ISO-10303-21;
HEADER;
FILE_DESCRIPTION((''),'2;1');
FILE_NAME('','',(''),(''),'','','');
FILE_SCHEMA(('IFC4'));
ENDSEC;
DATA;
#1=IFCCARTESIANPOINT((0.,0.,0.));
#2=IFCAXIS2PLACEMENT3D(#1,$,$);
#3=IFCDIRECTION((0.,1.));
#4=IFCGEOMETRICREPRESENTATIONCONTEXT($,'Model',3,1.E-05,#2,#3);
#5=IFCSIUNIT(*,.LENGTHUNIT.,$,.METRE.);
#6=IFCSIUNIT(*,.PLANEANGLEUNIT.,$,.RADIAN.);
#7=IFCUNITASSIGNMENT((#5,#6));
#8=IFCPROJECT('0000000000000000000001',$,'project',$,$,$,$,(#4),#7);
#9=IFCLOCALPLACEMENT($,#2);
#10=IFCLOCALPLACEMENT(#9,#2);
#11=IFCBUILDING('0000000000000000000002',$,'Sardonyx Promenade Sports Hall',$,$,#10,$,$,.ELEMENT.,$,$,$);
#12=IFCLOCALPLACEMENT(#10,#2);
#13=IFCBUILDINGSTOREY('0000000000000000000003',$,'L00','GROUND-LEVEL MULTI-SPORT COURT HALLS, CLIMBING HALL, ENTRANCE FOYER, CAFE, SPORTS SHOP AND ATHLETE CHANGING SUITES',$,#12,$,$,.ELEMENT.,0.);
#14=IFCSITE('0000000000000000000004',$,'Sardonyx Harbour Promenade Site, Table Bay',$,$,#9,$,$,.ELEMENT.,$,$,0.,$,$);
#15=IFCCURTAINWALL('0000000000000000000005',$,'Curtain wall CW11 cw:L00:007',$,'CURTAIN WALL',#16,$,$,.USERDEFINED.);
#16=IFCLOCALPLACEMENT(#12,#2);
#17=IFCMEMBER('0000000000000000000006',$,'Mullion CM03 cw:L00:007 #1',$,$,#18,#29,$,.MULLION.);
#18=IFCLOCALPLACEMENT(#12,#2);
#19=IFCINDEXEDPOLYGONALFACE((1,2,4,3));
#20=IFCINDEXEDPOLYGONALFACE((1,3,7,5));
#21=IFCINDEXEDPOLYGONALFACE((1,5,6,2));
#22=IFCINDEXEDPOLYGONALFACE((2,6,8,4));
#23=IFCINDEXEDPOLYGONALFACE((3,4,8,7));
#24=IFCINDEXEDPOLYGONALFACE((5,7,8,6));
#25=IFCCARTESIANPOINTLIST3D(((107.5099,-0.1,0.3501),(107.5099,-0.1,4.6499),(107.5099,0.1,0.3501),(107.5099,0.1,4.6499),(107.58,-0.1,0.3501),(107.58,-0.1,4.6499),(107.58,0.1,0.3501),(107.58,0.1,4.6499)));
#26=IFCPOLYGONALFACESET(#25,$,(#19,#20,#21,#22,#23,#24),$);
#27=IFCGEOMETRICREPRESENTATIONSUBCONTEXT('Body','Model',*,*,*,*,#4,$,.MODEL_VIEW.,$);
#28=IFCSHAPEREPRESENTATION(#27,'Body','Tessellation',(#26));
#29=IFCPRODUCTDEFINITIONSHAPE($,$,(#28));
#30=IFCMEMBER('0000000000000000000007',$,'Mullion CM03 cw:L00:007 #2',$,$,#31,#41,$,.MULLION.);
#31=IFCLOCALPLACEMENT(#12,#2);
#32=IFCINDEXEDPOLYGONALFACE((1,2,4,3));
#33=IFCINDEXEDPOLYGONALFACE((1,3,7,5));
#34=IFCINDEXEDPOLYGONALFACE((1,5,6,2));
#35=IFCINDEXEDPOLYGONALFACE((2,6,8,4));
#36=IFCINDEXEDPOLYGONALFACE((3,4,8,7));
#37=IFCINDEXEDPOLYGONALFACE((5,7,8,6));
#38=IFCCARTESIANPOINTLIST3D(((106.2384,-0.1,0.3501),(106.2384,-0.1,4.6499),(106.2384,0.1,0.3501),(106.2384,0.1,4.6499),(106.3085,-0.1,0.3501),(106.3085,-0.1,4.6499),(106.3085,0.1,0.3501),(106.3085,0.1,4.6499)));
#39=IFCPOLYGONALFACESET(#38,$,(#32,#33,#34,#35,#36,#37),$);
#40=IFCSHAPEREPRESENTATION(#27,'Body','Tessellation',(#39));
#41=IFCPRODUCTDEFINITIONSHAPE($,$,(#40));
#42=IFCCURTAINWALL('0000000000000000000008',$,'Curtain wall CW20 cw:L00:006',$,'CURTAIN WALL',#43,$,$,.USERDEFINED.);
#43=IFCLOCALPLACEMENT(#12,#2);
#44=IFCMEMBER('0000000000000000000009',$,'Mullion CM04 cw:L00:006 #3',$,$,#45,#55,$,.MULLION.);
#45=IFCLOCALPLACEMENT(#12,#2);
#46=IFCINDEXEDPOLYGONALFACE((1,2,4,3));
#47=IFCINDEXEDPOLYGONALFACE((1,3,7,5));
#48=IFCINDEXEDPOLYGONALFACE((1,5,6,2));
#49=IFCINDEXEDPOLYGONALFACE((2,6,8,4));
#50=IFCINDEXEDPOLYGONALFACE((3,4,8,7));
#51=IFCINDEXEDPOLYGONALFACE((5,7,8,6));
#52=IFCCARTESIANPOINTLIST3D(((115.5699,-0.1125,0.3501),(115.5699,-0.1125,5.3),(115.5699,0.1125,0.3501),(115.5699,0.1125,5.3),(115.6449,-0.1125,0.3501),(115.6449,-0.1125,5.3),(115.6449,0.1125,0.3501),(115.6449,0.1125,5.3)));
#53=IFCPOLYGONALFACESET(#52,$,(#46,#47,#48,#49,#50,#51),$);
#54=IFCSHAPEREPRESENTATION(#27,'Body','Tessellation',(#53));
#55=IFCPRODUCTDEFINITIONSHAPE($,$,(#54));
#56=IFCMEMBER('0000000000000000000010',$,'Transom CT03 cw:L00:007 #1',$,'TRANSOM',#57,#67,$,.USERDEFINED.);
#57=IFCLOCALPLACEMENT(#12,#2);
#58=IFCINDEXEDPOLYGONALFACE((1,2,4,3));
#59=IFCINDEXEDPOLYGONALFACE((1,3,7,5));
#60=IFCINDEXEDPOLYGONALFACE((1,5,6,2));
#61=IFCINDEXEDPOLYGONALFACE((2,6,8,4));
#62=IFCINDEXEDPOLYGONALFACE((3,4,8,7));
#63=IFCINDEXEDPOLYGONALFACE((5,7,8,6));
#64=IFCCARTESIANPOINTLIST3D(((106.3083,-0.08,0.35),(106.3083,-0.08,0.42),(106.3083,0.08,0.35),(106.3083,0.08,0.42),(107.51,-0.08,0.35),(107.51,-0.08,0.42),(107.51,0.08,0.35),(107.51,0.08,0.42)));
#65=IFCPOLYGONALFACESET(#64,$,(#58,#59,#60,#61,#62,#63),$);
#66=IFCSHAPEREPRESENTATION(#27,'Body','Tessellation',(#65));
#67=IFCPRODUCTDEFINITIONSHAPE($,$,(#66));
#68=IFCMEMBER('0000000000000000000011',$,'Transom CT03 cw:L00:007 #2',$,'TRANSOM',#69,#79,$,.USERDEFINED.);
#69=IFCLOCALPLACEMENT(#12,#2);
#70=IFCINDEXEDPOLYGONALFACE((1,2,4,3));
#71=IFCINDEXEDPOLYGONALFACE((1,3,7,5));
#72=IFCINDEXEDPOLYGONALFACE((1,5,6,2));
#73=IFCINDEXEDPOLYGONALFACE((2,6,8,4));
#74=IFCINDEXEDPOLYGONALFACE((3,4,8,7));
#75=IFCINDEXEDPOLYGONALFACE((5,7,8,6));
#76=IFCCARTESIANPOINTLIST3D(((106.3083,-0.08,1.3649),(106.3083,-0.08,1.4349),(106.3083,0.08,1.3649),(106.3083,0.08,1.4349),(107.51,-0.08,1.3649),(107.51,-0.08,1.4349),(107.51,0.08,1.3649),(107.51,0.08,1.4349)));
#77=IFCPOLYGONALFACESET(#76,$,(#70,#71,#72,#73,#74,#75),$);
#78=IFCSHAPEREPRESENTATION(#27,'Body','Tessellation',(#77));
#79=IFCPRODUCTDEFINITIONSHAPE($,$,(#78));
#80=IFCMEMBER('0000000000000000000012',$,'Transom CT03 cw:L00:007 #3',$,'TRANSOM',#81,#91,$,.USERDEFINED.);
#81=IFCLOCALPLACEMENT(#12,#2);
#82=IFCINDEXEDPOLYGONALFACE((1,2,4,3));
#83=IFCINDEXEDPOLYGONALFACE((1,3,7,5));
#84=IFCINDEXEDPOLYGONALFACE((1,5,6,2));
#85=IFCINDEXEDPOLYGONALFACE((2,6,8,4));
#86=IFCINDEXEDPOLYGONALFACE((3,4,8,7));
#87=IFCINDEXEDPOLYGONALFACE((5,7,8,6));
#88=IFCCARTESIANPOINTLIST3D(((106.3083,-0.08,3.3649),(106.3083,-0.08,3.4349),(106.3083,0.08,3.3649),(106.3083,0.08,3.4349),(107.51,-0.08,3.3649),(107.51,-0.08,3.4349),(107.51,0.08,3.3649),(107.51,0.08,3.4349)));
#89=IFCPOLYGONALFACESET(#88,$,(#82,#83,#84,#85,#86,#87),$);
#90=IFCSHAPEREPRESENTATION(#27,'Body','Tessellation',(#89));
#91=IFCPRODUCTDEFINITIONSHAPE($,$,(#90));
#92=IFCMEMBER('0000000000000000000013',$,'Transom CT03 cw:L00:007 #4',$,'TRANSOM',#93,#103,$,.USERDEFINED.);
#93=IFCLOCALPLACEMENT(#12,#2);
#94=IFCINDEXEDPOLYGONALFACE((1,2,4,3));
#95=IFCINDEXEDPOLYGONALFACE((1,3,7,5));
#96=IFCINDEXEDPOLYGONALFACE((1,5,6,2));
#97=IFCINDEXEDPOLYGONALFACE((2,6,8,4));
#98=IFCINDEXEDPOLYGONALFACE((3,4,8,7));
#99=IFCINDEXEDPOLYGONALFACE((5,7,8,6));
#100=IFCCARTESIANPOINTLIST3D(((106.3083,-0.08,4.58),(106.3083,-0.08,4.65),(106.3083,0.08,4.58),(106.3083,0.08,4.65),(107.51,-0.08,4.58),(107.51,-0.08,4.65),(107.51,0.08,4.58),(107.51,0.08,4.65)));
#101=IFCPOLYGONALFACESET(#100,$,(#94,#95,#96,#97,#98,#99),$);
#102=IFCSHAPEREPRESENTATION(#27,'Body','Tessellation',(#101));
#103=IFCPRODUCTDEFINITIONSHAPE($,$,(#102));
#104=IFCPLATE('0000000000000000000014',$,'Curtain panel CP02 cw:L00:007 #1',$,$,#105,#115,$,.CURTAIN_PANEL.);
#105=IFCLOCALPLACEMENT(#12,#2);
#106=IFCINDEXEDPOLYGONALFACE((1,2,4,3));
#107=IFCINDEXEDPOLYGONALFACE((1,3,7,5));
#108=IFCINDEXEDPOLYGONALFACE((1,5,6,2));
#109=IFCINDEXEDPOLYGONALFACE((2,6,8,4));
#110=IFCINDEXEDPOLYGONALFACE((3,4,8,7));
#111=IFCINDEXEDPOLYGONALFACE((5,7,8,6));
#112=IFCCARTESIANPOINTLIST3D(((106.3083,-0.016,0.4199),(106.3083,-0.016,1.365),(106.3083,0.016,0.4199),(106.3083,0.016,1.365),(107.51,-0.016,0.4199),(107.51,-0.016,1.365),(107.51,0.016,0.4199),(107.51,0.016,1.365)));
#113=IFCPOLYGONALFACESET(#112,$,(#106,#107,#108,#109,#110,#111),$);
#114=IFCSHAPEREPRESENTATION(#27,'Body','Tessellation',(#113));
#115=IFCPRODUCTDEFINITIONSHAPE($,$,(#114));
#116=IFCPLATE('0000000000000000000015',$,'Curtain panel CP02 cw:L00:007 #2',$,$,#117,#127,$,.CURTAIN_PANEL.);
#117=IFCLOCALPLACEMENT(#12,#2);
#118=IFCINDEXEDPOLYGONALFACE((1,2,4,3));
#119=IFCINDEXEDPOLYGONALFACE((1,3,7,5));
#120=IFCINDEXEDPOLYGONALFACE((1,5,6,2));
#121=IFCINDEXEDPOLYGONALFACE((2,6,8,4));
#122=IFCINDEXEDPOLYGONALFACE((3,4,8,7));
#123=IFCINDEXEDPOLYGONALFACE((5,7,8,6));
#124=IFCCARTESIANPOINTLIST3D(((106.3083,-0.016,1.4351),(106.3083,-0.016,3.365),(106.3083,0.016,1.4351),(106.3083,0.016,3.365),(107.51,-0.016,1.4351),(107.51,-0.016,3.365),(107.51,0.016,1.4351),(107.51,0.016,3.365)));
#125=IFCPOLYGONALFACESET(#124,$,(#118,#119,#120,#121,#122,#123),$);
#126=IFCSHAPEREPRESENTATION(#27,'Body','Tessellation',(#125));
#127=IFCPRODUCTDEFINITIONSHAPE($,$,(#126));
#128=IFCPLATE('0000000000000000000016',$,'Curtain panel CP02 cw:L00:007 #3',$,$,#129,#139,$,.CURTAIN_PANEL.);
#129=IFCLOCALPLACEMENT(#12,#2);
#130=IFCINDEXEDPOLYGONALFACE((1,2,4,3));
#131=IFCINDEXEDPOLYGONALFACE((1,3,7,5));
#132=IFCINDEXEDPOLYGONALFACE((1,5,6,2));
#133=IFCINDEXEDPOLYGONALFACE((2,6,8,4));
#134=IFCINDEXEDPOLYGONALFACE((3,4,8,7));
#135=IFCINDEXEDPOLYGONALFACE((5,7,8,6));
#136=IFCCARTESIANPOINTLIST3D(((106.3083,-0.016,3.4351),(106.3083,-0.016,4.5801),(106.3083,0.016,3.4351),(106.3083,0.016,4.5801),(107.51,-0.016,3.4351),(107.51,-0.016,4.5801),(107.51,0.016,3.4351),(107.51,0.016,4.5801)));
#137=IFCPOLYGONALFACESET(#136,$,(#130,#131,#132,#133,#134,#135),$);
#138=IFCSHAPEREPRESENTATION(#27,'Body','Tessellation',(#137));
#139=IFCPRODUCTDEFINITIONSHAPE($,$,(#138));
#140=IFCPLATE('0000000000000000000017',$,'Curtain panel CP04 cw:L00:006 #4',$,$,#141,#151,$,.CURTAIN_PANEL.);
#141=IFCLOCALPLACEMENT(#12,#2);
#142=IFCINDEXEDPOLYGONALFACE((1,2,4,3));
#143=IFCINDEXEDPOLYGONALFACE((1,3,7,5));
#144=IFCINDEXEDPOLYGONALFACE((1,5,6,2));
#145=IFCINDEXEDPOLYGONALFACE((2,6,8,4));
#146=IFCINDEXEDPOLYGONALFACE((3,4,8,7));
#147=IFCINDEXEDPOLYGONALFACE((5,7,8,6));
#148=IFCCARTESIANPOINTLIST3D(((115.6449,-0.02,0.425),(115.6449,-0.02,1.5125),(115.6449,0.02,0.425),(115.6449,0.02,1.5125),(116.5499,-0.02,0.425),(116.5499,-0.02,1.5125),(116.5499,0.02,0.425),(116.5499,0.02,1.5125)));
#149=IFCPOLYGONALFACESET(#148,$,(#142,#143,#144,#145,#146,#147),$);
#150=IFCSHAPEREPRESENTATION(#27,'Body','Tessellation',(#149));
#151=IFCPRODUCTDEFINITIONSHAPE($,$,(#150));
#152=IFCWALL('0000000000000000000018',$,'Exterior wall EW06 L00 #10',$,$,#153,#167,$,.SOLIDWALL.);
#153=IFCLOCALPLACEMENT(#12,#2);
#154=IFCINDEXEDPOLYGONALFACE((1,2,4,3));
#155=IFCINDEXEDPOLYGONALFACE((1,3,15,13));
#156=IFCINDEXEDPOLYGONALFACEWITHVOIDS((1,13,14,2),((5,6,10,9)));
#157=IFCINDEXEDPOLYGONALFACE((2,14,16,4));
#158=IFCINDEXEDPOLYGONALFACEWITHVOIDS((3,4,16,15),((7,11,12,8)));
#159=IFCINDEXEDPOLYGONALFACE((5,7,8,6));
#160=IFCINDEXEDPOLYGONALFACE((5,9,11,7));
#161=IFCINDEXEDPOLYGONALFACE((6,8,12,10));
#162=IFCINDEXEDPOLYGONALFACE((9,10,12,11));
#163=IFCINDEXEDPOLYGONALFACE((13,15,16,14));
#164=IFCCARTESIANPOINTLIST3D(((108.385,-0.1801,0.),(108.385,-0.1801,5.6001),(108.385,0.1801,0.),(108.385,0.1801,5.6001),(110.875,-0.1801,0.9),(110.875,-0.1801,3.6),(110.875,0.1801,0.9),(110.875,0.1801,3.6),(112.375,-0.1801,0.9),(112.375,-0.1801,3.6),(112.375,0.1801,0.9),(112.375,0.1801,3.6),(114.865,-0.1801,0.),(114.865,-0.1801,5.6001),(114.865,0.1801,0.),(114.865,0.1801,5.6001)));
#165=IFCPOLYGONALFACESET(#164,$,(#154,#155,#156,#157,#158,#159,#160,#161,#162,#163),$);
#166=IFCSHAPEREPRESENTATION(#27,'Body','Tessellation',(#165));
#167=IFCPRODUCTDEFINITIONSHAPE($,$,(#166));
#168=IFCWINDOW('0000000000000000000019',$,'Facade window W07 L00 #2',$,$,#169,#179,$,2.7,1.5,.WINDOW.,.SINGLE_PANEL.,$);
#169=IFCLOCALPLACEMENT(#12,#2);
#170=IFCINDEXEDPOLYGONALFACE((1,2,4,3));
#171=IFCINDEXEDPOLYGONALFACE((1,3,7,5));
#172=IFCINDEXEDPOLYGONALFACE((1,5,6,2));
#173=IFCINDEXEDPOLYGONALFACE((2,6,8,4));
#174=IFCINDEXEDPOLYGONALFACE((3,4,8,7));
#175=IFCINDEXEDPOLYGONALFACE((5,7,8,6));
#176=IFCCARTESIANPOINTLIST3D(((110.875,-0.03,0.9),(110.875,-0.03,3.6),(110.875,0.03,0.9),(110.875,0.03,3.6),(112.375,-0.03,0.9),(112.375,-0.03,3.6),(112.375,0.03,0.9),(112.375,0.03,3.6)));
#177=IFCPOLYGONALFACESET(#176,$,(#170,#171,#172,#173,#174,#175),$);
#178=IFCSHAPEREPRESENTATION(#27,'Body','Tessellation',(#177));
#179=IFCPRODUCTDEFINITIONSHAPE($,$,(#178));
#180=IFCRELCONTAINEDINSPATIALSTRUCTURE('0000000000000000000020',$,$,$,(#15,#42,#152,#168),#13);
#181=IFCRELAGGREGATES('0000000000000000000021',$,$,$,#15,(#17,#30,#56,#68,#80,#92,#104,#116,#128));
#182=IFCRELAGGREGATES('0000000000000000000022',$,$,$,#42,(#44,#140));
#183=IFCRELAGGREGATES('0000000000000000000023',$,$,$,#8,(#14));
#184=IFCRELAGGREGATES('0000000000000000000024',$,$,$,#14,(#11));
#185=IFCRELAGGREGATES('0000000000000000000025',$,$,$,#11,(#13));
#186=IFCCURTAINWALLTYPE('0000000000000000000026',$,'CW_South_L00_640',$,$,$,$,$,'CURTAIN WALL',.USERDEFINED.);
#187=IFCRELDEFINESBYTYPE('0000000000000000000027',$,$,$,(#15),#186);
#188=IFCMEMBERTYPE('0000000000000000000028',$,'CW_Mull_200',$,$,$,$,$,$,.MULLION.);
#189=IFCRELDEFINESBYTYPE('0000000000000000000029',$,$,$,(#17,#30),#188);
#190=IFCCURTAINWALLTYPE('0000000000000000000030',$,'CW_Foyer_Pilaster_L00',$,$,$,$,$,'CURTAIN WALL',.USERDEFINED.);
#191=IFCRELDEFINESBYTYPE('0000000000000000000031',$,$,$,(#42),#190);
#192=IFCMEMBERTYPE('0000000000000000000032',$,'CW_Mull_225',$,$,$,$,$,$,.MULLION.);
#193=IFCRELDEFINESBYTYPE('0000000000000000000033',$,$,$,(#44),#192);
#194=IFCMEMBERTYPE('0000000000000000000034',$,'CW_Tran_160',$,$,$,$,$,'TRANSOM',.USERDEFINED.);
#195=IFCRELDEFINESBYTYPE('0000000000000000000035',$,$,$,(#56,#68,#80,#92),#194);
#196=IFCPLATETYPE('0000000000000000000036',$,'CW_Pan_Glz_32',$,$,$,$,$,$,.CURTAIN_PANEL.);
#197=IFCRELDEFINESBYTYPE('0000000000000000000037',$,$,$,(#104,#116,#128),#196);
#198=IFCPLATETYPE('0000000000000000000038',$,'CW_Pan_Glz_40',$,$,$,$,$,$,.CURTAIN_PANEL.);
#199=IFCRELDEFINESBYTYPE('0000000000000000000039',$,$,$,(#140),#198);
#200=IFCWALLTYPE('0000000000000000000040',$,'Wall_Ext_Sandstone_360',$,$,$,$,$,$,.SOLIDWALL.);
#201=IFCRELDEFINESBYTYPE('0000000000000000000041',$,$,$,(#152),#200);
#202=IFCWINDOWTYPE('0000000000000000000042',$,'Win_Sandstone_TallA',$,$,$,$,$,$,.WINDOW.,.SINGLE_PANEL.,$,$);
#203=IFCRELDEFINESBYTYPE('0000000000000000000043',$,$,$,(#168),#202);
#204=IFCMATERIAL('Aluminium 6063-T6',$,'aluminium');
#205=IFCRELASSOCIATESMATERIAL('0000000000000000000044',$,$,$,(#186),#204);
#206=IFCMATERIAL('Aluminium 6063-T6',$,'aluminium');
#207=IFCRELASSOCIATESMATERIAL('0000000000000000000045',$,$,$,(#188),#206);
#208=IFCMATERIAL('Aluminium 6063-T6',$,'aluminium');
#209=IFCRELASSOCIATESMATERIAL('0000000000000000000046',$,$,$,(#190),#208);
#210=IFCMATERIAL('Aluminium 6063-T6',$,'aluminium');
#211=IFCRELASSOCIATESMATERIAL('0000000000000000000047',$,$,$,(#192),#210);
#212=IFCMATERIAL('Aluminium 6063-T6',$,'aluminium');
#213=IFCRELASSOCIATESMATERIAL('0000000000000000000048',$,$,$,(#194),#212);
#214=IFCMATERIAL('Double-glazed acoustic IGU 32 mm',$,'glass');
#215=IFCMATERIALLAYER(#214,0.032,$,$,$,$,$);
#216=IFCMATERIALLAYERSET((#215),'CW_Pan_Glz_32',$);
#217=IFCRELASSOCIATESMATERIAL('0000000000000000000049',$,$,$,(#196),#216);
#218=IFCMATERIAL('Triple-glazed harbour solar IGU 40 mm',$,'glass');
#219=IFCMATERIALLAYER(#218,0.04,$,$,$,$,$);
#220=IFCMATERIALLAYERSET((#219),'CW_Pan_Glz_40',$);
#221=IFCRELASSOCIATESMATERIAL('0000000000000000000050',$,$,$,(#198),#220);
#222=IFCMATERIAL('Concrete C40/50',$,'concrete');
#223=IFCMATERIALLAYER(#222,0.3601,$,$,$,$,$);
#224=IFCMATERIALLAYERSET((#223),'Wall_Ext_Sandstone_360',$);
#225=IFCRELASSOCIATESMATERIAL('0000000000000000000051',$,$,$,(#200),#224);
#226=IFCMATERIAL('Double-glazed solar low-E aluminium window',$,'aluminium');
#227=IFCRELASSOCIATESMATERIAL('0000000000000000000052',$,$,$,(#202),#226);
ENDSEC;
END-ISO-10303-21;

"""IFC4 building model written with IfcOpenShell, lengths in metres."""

from ifc_helpers import new_model, si_unit, direction, frame, frame_2d, origin, origin_2d, place, context, subcontext, project, spatial, rectangle, extrude, material, layer, layer_set, material_profile, profile_set, type_object, element, fill, aggregate, save


model = new_model("IFC4")

# Units and contexts
model_context = context("Model", 3, precision=1e-05, world=origin(), true_north=direction((0.0, 1.0)))
body_context = subcontext(model_context, "Body", "Model", "MODEL_VIEW")
ifc_project = project(units=[si_unit("LENGTHUNIT", "METRE"), si_unit("PLANEANGLEUNIT", "RADIAN")], contexts=[model_context])

# Site, building, storey
site_placement = place(None, origin())
site = spatial("IfcSite", under=ifc_project, at=site_placement, Name="Sardonyx Harbour Promenade Site, Table Bay", CompositionType="ELEMENT", RefElevation=0.0)
building_placement = place(site_placement, origin())
building = spatial("IfcBuilding", under=site, at=building_placement, Name="Sardonyx Promenade Sports Hall", CompositionType="ELEMENT")
storey_placement = place(building_placement, origin())
storey = spatial("IfcBuildingStorey", under=building, at=storey_placement, Name="L00", Description="GROUND-LEVEL MULTI-SPORT COURT HALLS, CLIMBING HALL, ENTRANCE FOYER, CAFE, SPORTS SHOP AND ATHLETE CHANGING SUITES", CompositionType="ELEMENT", Elevation=0.0)

# Curtain wall, members
ifc_material_1 = material(Name="Aluminium 6063-T6", Category="aluminium")
curtain_wall_type_1 = type_object("IfcCurtainWallType", Name="CW_South_L00_640", ElementType="CURTAIN WALL", PredefinedType="USERDEFINED", material=ifc_material_1)
curtain_wall_1_placement = place(storey_placement, origin())
curtain_wall_1 = element("IfcCurtainWall", 1, at=curtain_wall_1_placement, inside=storey, type_object=curtain_wall_type_1, Name="Curtain wall CW11 cw:L00:007", ObjectType="CURTAIN WALL", PredefinedType="USERDEFINED")
ifc_material_2 = material(Name="Aluminium 6063-T6", Category="aluminium")
ifc_material_profile_1 = material_profile(ifc_material_2, rectangle(XDim=0.0701, YDim=0.2, at=origin_2d()))
ifc_profile_set_1 = profile_set([ifc_material_profile_1], Name="Aluminium 6063-T6")
member_type_1 = type_object("IfcMemberType", Name="CW_Mull_200", PredefinedType="MULLION", material=ifc_profile_set_1)
member_1_placement = place(storey_placement, frame((107.5449, 0.0, 0.3501), z_axis=(0.0, 0.0, 1.0), x_axis=(-1.0, 0.0, 0.0)))
member_1 = element("IfcMember", 2, at=member_1_placement, type_object=member_type_1, Name="Mullion CM03 cw:L00:007 #1", PredefinedType="MULLION", context=body_context, shape_type="SweptSolid", body=[
    extrude(rectangle(XDim=0.0701, YDim=0.2, at=origin_2d()), origin(), (0.0, 0.0, 1.0), 4.2998),
])
member_2_placement = place(storey_placement, frame((106.2734, 0.0, 0.3501), z_axis=(0.0, 0.0, 1.0), x_axis=(-1.0, 0.0, 0.0)))
member_2 = element("IfcMember", 3, at=member_2_placement, type_object=member_type_1, Name="Mullion CM03 cw:L00:007 #2", PredefinedType="MULLION", context=body_context, shape_type="SweptSolid", body=[
    extrude(rectangle(XDim=0.0701, YDim=0.2, at=origin_2d()), origin(), (0.0, 0.0, 1.0), 4.2998),
])

# Curtain wall, member
ifc_material_3 = material(Name="Aluminium 6063-T6", Category="aluminium")
curtain_wall_type_2 = type_object("IfcCurtainWallType", Name="CW_Foyer_Pilaster_L00", ElementType="CURTAIN WALL", PredefinedType="USERDEFINED", material=ifc_material_3)
curtain_wall_2_placement = place(storey_placement, origin())
curtain_wall_2 = element("IfcCurtainWall", 4, at=curtain_wall_2_placement, inside=storey, type_object=curtain_wall_type_2, Name="Curtain wall CW20 cw:L00:006", ObjectType="CURTAIN WALL", PredefinedType="USERDEFINED")
ifc_material_4 = material(Name="Aluminium 6063-T6", Category="aluminium")
ifc_material_profile_2 = material_profile(ifc_material_4, rectangle(XDim=0.075, YDim=0.2251, at=origin_2d()))
ifc_profile_set_2 = profile_set([ifc_material_profile_2], Name="Aluminium 6063-T6")
member_type_2 = type_object("IfcMemberType", Name="CW_Mull_225", PredefinedType="MULLION", material=ifc_profile_set_2)
member_3_placement = place(storey_placement, frame((115.6074, 0.0, 0.3501), z_axis=(0.0, 0.0, 1.0), x_axis=(-1.0, 0.0, 0.0)))
member_3 = element("IfcMember", 5, at=member_3_placement, type_object=member_type_2, Name="Mullion CM04 cw:L00:006 #3", PredefinedType="MULLION", context=body_context, shape_type="SweptSolid", body=[
    extrude(rectangle(XDim=0.075, YDim=0.2251, at=origin_2d()), origin(), (0.0, 0.0, 1.0), 4.95),
])

# Members
ifc_material_5 = material(Name="Aluminium 6063-T6", Category="aluminium")
ifc_material_profile_3 = material_profile(ifc_material_5, rectangle(XDim=0.0701, YDim=0.1599, at=origin_2d()))
ifc_profile_set_3 = profile_set([ifc_material_profile_3], Name="Aluminium 6063-T6")
member_type_3 = type_object("IfcMemberType", Name="CW_Tran_160", ElementType="TRANSOM", PredefinedType="USERDEFINED", material=ifc_profile_set_3)
member_4_placement = place(storey_placement, frame((107.51, 0.0, 0.385), z_axis=(-1.0, 0.0, 0.0), x_axis=(0.0, 0.0, 1.0)))
member_4 = element("IfcMember", 6, at=member_4_placement, type_object=member_type_3, Name="Transom CT03 cw:L00:007 #1", ObjectType="TRANSOM", PredefinedType="USERDEFINED", context=body_context, shape_type="SweptSolid", body=[
    extrude(rectangle(XDim=0.0701, YDim=0.1599, at=origin_2d()), origin(), (0.0, 0.0, 1.0), 1.2017),
])
member_5_placement = place(storey_placement, frame((107.51, 0.0, 1.3999), z_axis=(-1.0, 0.0, 0.0), x_axis=(0.0, 0.0, 1.0)))
member_5 = element("IfcMember", 7, at=member_5_placement, type_object=member_type_3, Name="Transom CT03 cw:L00:007 #2", ObjectType="TRANSOM", PredefinedType="USERDEFINED", context=body_context, shape_type="SweptSolid", body=[
    extrude(rectangle(XDim=0.0701, YDim=0.1599, at=origin_2d()), origin(), (0.0, 0.0, 1.0), 1.2017),
])
member_6_placement = place(storey_placement, frame((107.51, 0.0, 3.3999), z_axis=(-1.0, 0.0, 0.0), x_axis=(0.0, 0.0, 1.0)))
member_6 = element("IfcMember", 8, at=member_6_placement, type_object=member_type_3, Name="Transom CT03 cw:L00:007 #3", ObjectType="TRANSOM", PredefinedType="USERDEFINED", context=body_context, shape_type="SweptSolid", body=[
    extrude(rectangle(XDim=0.0701, YDim=0.1599, at=origin_2d()), origin(), (0.0, 0.0, 1.0), 1.2017),
])
member_7_placement = place(storey_placement, frame((107.51, 0.0, 4.615), z_axis=(-1.0, 0.0, 0.0), x_axis=(0.0, 0.0, 1.0)))
member_7 = element("IfcMember", 9, at=member_7_placement, type_object=member_type_3, Name="Transom CT03 cw:L00:007 #4", ObjectType="TRANSOM", PredefinedType="USERDEFINED", context=body_context, shape_type="SweptSolid", body=[
    extrude(rectangle(XDim=0.0701, YDim=0.1599, at=origin_2d()), origin(), (0.0, 0.0, 1.0), 1.2017),
])

# Plates
ifc_material_6 = material(Name="Double-glazed acoustic IGU 32 mm", Category="glass")
ifc_layer_1 = layer(ifc_material_6, 0.032)
ifc_layer_set_1 = layer_set([ifc_layer_1], Name="CW_Pan_Glz_32")
plate_type_1 = type_object("IfcPlateType", Name="CW_Pan_Glz_32", PredefinedType="CURTAIN_PANEL", material=ifc_layer_set_1)
plate_1_placement = place(storey_placement, frame((106.9092, 0.0, 0.4199), z_axis=(0.0, 0.0, 1.0), x_axis=(-1.0, 0.0, 0.0)))
plate_1 = element("IfcPlate", 10, at=plate_1_placement, type_object=plate_type_1, Name="Curtain panel CP02 cw:L00:007 #1", PredefinedType="CURTAIN_PANEL", context=body_context, shape_type="SweptSolid", body=[
    extrude(rectangle(XDim=1.2017, YDim=0.032, at=origin_2d()), origin(), (0.0, 0.0, 1.0), 0.9451),
])
plate_2_placement = place(storey_placement, frame((106.9092, 0.0, 1.4351), z_axis=(0.0, 0.0, 1.0), x_axis=(-1.0, 0.0, 0.0)))
plate_2 = element("IfcPlate", 11, at=plate_2_placement, type_object=plate_type_1, Name="Curtain panel CP02 cw:L00:007 #2", PredefinedType="CURTAIN_PANEL", context=body_context, shape_type="SweptSolid", body=[
    extrude(rectangle(XDim=1.2017, YDim=0.032, at=origin_2d()), origin(), (0.0, 0.0, 1.0), 1.9299),
])
plate_3_placement = place(storey_placement, frame((106.9092, 0.0, 3.4351), z_axis=(0.0, 0.0, 1.0), x_axis=(-1.0, 0.0, 0.0)))
plate_3 = element("IfcPlate", 12, at=plate_3_placement, type_object=plate_type_1, Name="Curtain panel CP02 cw:L00:007 #3", PredefinedType="CURTAIN_PANEL", context=body_context, shape_type="SweptSolid", body=[
    extrude(rectangle(XDim=1.2017, YDim=0.032, at=origin_2d()), origin(), (0.0, 0.0, 1.0), 1.145),
])
aggregate(curtain_wall_1, [member_1, member_2, member_4, member_5, member_6, member_7, plate_1, plate_2, plate_3])
ifc_material_7 = material(Name="Triple-glazed harbour solar IGU 40 mm", Category="glass")
ifc_layer_2 = layer(ifc_material_7, 0.04)
ifc_layer_set_2 = layer_set([ifc_layer_2], Name="CW_Pan_Glz_40")
plate_type_2 = type_object("IfcPlateType", Name="CW_Pan_Glz_40", PredefinedType="CURTAIN_PANEL", material=ifc_layer_set_2)
plate_4_placement = place(storey_placement, frame((116.0974, 0.0, 0.425), z_axis=(0.0, 0.0, 1.0), x_axis=(-1.0, 0.0, 0.0)))
plate_4 = element("IfcPlate", 13, at=plate_4_placement, type_object=plate_type_2, Name="Curtain panel CP04 cw:L00:006 #4", PredefinedType="CURTAIN_PANEL", context=body_context, shape_type="SweptSolid", body=[
    extrude(rectangle(XDim=0.905, YDim=0.04, at=origin_2d()), origin(), (0.0, 0.0, 1.0), 1.0874),
])
aggregate(curtain_wall_2, [member_3, plate_4])

# Wall, opening, window
ifc_material_8 = material(Name="Concrete C40/50", Category="concrete")
ifc_layer_3 = layer(ifc_material_8, 0.3601)
ifc_layer_set_3 = layer_set([ifc_layer_3], Name="Wall_Ext_Sandstone_360")
wall_type_1 = type_object("IfcWallType", Name="Wall_Ext_Sandstone_360", PredefinedType="SOLIDWALL", material=ifc_layer_set_3)
wall_1_placement = place(storey_placement, frame((114.865, 0.0, 0.0), z_axis=(0.0, 0.0, 1.0), x_axis=(-1.0, 0.0, 0.0)))
wall_1 = element("IfcWall", 14, at=wall_1_placement, inside=storey, type_object=wall_type_1, Name="Exterior wall EW06 L00 #10", PredefinedType="SOLIDWALL", context=body_context, shape_type="SweptSolid", body=[
    extrude(rectangle(XDim=6.48, YDim=0.3601, at=frame_2d((3.24, 0.0))), origin(), (0.0, 0.0, 1.0), 5.6001),
])
opening_1_placement = place(wall_1_placement, frame((2.49, 0.0, 0.8999)))
opening_1 = element("IfcOpeningElement", 15, at=opening_1_placement, cuts=wall_1, PredefinedType="OPENING", context=body_context, shape_type="SweptSolid", body=[
    extrude(rectangle(XDim=1.5, YDim=2.7, at=frame_2d((0.75, 1.3501))), frame((0.0, 0.19, 0.0), z_axis=(0.0, -1.0, 0.0), x_axis=(1.0, 0.0, 0.0)), (0.0, 0.0, 1.0), 0.38),
])
ifc_material_9 = material(Name="Double-glazed solar low-E aluminium window", Category="aluminium")
window_type = type_object("IfcWindowType", Name="Win_Sandstone_TallA", PartitioningType="SINGLE_PANEL", PredefinedType="WINDOW", material=ifc_material_9)
window_placement = place(opening_1_placement, origin())
window = element("IfcWindow", 16, at=window_placement, inside=storey, type_object=window_type, Name="Facade window W07 L00 #2", OverallHeight=2.7, OverallWidth=1.5, PartitioningType="SINGLE_PANEL", PredefinedType="WINDOW", context=body_context, shape_type="SweptSolid", body=[
    extrude(rectangle(XDim=1.5, YDim=2.7, at=frame_2d((0.75, 1.3501))), frame((0.0, 0.03, 0.0), z_axis=(0.0, -1.0, 0.0), x_axis=(1.0, 0.0, 0.0)), (0.0, 0.0, 1.0), 0.0601),
])
fill(opening_1, window)

save(model, "model.ifc")
